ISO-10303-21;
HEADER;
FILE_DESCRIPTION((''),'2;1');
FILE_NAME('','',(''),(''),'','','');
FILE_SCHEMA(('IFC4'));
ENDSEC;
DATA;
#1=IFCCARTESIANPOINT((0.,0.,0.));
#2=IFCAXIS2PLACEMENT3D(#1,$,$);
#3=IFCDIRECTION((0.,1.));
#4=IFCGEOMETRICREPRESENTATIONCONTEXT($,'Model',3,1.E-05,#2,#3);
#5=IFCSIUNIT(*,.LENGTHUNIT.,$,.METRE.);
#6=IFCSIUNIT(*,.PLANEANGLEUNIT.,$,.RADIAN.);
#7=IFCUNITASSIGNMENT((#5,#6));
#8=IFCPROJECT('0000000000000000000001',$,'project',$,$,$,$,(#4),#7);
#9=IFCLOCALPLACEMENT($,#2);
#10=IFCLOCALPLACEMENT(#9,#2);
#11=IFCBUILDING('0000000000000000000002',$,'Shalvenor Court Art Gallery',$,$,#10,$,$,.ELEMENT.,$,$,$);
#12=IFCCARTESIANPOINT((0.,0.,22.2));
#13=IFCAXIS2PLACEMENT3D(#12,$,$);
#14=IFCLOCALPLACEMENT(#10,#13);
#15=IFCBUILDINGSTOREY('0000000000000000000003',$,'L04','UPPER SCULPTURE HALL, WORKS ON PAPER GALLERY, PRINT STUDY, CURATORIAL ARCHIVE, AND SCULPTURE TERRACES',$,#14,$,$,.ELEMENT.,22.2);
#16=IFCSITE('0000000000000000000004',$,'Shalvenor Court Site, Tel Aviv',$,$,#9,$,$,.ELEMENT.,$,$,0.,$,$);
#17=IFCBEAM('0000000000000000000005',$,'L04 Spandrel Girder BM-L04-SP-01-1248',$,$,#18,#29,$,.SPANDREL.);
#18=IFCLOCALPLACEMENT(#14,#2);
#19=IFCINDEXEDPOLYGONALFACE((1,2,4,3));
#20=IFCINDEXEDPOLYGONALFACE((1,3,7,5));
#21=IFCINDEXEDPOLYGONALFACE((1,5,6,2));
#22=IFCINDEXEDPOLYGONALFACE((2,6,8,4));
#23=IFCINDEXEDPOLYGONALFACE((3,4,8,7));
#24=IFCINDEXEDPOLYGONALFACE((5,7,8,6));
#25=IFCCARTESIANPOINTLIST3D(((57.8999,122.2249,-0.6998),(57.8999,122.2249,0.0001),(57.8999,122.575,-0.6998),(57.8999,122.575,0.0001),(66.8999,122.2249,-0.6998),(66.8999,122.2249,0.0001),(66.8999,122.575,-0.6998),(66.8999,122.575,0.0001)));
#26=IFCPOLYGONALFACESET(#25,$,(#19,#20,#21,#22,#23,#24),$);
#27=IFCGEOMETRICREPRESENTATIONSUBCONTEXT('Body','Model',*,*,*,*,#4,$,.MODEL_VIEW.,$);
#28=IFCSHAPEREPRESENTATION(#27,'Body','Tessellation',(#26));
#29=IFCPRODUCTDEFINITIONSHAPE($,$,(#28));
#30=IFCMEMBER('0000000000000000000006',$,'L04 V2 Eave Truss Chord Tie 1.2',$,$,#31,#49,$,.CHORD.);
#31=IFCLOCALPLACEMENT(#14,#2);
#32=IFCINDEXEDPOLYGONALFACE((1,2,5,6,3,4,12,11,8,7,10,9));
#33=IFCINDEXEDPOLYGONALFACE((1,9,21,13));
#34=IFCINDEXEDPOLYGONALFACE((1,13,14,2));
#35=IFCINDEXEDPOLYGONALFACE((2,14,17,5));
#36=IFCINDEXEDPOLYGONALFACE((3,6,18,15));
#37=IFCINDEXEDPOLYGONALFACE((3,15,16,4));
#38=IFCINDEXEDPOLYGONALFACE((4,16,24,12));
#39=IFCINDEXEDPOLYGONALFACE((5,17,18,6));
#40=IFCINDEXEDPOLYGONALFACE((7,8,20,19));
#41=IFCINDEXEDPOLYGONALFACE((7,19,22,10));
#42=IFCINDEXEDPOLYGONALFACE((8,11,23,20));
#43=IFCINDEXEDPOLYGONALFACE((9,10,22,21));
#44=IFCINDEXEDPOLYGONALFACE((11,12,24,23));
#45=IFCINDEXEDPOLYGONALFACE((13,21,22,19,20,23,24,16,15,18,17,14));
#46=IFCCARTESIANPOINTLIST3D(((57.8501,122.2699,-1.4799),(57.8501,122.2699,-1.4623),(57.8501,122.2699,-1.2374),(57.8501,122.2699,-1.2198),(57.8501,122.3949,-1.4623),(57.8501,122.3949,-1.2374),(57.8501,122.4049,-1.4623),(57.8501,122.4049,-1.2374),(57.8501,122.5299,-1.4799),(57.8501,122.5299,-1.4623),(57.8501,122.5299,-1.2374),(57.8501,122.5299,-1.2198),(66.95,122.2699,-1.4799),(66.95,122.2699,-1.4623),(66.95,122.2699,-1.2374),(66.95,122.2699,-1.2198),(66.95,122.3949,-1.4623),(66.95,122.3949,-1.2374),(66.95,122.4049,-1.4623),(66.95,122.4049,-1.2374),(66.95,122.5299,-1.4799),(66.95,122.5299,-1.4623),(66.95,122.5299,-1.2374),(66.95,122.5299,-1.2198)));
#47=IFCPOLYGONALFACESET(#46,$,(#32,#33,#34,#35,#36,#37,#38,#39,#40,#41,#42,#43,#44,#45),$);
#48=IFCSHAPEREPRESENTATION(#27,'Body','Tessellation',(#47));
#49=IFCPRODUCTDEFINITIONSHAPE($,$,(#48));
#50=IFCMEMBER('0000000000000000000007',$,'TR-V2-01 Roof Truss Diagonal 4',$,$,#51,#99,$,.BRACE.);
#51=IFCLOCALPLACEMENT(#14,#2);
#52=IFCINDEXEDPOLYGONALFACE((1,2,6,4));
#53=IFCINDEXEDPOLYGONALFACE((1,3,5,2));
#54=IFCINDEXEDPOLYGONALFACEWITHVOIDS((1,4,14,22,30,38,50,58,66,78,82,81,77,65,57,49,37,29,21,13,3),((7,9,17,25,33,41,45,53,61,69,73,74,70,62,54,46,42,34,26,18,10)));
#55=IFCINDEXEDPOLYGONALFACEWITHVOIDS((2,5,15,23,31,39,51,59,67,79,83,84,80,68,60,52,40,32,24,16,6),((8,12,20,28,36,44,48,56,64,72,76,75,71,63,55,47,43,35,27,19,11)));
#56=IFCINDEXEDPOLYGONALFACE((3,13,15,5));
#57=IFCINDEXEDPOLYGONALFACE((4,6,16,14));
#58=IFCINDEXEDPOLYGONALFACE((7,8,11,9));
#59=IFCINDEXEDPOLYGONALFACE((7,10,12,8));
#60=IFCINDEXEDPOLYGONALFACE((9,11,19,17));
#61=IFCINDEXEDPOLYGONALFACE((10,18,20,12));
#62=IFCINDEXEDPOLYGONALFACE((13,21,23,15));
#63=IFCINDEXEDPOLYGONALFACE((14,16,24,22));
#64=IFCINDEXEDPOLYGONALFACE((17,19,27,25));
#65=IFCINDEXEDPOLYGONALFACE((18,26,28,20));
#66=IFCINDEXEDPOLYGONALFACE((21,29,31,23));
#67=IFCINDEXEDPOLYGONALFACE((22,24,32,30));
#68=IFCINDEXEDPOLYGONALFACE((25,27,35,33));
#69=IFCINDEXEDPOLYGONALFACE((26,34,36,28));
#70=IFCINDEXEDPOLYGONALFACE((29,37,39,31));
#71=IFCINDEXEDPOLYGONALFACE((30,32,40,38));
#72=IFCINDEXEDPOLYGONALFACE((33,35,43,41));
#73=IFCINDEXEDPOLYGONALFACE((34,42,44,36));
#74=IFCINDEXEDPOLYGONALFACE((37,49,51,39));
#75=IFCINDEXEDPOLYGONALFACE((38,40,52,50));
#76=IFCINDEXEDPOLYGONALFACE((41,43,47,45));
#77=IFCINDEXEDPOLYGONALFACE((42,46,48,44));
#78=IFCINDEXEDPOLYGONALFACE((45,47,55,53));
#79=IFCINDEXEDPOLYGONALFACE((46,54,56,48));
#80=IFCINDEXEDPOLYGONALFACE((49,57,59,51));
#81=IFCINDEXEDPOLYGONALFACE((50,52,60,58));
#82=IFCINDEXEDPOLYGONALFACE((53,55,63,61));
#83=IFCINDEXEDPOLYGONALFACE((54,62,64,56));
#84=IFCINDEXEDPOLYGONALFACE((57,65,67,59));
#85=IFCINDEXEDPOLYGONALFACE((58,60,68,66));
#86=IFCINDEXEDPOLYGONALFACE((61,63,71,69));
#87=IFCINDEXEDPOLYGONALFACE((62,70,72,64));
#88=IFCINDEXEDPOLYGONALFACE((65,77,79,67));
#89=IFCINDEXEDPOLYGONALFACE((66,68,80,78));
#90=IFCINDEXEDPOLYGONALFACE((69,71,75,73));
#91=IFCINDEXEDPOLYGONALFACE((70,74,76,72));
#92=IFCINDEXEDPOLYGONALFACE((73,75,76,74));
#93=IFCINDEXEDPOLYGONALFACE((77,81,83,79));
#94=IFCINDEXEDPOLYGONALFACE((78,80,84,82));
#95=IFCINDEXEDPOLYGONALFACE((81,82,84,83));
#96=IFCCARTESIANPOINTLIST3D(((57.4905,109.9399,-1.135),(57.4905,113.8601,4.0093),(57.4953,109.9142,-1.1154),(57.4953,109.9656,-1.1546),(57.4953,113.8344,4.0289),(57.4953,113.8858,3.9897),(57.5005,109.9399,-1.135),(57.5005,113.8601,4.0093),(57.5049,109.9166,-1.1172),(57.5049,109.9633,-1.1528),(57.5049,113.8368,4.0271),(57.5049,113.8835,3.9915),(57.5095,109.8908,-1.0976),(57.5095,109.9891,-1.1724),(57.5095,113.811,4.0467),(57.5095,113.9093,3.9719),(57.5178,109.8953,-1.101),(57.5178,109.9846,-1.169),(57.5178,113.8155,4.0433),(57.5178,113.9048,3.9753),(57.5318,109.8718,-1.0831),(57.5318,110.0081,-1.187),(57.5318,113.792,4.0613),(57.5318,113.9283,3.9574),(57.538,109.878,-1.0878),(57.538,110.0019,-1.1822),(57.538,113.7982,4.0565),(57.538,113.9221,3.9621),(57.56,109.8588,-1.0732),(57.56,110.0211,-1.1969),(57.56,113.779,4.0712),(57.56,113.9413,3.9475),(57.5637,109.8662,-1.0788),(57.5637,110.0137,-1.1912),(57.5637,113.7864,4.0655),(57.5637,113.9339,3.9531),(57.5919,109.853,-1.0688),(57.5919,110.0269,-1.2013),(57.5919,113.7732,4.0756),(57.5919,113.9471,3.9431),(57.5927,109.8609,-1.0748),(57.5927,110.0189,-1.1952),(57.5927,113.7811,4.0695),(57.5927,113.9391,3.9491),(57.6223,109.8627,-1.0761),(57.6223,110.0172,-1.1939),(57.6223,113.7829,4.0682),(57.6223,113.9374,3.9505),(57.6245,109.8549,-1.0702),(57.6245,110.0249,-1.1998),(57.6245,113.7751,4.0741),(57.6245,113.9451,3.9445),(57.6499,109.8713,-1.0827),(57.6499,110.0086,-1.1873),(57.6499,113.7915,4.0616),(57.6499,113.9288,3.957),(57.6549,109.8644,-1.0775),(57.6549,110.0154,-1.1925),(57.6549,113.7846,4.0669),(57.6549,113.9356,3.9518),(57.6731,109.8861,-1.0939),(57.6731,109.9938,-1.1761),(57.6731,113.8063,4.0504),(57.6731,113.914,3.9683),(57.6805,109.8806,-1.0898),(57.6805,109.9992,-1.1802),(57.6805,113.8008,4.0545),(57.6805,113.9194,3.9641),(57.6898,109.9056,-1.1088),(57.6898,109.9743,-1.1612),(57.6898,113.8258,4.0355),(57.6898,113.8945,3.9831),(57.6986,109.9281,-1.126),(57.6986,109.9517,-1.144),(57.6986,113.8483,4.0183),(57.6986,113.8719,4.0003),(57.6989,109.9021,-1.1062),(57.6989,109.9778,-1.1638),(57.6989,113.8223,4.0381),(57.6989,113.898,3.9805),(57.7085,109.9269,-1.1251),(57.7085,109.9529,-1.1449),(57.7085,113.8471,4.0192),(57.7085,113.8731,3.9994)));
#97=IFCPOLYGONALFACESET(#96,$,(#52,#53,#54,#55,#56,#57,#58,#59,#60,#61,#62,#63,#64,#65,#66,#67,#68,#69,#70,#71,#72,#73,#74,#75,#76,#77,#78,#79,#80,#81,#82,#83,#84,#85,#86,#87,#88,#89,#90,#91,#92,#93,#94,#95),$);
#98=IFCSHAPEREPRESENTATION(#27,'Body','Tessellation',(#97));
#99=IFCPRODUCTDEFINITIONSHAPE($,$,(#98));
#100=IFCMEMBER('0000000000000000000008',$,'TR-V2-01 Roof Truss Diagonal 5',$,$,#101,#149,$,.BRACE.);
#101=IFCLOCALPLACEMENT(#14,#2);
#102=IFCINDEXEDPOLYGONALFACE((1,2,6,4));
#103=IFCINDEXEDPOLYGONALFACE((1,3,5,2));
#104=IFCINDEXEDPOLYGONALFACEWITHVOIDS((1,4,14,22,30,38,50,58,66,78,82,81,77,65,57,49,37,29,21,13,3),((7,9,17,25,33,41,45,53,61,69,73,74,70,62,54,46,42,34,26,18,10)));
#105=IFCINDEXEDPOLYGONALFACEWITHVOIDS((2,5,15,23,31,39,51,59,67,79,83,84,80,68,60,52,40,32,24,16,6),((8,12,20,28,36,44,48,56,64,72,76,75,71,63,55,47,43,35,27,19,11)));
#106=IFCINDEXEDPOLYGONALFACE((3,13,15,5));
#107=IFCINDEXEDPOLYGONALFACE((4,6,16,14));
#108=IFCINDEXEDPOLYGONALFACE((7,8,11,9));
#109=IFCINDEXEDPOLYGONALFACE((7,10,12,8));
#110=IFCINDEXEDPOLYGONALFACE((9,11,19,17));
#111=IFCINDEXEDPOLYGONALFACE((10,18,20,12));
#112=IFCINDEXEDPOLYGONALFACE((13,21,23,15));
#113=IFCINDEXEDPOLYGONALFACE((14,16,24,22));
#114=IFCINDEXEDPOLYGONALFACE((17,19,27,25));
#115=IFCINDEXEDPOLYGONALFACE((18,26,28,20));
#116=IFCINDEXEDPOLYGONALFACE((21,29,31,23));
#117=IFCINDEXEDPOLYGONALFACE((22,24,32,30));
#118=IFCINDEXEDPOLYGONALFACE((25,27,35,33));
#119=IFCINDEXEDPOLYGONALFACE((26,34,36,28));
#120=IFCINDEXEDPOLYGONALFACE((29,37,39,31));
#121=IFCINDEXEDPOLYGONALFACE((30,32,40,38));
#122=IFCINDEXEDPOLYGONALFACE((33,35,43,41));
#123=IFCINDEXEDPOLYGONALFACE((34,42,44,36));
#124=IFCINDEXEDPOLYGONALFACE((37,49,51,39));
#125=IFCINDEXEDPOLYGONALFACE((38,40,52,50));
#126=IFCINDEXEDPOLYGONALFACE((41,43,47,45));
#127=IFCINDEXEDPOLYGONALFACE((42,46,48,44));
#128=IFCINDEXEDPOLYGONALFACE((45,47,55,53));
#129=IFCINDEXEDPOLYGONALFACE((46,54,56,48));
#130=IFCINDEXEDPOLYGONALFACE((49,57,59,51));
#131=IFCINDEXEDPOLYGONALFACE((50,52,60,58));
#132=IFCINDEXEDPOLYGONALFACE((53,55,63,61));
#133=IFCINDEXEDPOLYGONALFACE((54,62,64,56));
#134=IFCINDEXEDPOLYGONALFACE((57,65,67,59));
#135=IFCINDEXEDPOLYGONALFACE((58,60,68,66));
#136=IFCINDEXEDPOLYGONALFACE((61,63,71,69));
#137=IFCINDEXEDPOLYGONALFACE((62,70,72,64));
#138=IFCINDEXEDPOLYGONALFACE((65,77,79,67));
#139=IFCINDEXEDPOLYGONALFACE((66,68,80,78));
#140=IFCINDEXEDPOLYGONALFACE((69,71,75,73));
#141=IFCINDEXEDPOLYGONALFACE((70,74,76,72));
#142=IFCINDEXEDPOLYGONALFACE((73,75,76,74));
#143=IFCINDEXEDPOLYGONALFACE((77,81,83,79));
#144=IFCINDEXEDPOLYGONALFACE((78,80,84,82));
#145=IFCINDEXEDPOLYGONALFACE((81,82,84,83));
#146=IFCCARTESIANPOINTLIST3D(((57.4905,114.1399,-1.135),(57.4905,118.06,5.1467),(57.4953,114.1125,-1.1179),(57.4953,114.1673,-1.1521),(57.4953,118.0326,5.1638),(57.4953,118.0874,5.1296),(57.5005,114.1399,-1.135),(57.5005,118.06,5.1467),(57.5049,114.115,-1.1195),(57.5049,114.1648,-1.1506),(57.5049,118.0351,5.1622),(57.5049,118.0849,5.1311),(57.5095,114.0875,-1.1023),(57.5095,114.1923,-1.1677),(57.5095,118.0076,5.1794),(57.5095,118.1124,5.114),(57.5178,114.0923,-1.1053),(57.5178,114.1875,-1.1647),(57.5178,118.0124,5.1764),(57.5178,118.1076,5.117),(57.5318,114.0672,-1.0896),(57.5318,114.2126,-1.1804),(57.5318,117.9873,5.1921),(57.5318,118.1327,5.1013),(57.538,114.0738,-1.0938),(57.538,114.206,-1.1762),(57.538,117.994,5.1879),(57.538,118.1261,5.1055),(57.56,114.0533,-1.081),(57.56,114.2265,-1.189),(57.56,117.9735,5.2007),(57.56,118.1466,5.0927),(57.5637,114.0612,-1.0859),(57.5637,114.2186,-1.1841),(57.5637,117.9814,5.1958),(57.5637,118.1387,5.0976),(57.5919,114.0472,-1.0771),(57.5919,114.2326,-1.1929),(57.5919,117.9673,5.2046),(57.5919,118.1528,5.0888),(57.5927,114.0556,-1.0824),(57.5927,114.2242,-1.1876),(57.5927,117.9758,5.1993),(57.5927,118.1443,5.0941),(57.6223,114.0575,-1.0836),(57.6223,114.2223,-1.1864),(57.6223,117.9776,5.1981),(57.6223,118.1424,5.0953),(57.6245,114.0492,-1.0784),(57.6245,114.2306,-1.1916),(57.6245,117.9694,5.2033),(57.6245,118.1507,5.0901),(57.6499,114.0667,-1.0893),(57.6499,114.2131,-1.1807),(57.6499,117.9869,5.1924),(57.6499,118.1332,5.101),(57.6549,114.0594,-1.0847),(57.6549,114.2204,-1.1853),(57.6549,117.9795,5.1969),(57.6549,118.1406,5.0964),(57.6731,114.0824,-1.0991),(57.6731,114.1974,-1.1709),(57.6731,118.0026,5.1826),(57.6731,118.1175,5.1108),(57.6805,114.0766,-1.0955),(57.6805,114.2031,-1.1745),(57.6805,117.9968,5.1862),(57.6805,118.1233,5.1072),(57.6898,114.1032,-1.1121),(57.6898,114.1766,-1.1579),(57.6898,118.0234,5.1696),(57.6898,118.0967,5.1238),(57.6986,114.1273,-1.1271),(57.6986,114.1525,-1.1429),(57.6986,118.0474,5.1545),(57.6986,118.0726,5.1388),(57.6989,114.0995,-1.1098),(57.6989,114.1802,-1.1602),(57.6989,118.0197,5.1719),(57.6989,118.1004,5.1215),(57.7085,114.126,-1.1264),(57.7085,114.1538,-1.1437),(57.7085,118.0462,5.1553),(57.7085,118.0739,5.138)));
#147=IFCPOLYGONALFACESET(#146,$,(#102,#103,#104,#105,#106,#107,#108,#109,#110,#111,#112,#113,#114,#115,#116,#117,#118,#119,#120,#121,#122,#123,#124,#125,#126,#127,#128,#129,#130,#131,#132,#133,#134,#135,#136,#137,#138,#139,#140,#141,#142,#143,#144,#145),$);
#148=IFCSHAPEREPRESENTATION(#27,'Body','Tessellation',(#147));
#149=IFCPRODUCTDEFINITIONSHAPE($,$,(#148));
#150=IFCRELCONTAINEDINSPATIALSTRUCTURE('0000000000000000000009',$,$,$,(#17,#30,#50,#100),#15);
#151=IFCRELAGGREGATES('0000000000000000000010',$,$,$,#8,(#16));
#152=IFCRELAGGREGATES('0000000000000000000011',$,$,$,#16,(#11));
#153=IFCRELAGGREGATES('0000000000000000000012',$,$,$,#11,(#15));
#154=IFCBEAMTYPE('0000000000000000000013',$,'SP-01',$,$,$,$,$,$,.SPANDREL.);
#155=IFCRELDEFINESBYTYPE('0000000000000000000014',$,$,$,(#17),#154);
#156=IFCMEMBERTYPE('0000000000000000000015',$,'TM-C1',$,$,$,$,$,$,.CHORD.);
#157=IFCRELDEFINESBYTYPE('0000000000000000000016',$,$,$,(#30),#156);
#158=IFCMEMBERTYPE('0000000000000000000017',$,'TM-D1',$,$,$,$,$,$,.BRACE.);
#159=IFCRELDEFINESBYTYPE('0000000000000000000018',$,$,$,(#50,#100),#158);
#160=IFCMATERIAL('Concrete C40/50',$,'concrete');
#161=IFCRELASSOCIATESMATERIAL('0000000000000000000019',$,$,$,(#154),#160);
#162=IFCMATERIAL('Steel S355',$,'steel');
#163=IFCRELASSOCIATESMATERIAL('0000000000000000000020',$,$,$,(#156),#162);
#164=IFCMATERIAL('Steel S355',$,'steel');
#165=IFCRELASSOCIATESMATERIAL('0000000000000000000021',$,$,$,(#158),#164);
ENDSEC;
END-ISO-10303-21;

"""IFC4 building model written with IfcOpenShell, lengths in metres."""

from ifc_helpers import new_model, si_unit, direction, frame, origin, origin_2d, place, context, subcontext, project, spatial, rectangle, hollow_circle, i_section, extrude, material, material_profile, profile_set, type_object, element, save


model = new_model("IFC4")

# Units and contexts
model_context = context("Model", 3, precision=1e-05, world=origin(), true_north=direction((0.0, 1.0)))
body_context = subcontext(model_context, "Body", "Model", "MODEL_VIEW")
ifc_project = project(units=[si_unit("LENGTHUNIT", "METRE"), si_unit("PLANEANGLEUNIT", "RADIAN")], contexts=[model_context])

# Site, building, storey
site_placement = place(None, origin())
site = spatial("IfcSite", under=ifc_project, at=site_placement, Name="Shalvenor Court Site, Tel Aviv", CompositionType="ELEMENT", RefElevation=0.0)
building_placement = place(site_placement, origin())
building = spatial("IfcBuilding", under=site, at=building_placement, Name="Shalvenor Court Art Gallery", CompositionType="ELEMENT")
storey_placement = place(building_placement, frame((0.0, 0.0, 22.2)))
storey = spatial("IfcBuildingStorey", under=building, at=storey_placement, Name="L04", Description="UPPER SCULPTURE HALL, WORKS ON PAPER GALLERY, PRINT STUDY, CURATORIAL ARCHIVE, AND SCULPTURE TERRACES", CompositionType="ELEMENT", Elevation=22.2)

# Beam
ifc_material_1 = material(Name="Concrete C40/50", Category="concrete")
ifc_material_profile_1 = material_profile(ifc_material_1, rectangle(XDim=0.3501, YDim=0.7, at=origin_2d()), Name="RC 350x700")
ifc_profile_set_1 = profile_set([ifc_material_profile_1], Name="Concrete C40/50")
beam_type = type_object("IfcBeamType", Name="SP-01", PredefinedType="SPANDREL", material=ifc_profile_set_1)
beam_placement = place(storey_placement, frame((57.8999, 122.3999, -0.3499), z_axis=(1.0, 0.0, 0.0), x_axis=(0.0, 1.0, 0.0)))
element("IfcBeam", 1, at=beam_placement, inside=storey, type_object=beam_type, Name="L04 Spandrel Girder BM-L04-SP-01-1248", PredefinedType="SPANDREL", context=body_context, shape_type="SweptSolid", body=[
    extrude(rectangle(XDim=0.3501, YDim=0.7, at=origin_2d()), origin(), (0.0, 0.0, 1.0), 9.0),
])

# Members
ifc_material_2 = material(Name="Steel S355", Category="steel")
ifc_material_profile_2 = material_profile(ifc_material_2, i_section(OverallWidth=0.26, OverallDepth=0.26, WebThickness=0.01, FlangeThickness=0.0176, at=origin_2d()), Name="HEB 260")
ifc_profile_set_2 = profile_set([ifc_material_profile_2], Name="Steel S355")
member_type_1 = type_object("IfcMemberType", Name="TM-C1", PredefinedType="CHORD", material=ifc_profile_set_2)
member_1_placement = place(storey_placement, frame((57.8501, 122.3999, -1.3499), z_axis=(1.0, 0.0, 0.0), x_axis=(0.0, 1.0, 0.0)))
element("IfcMember", 2, at=member_1_placement, inside=storey, type_object=member_type_1, Name="L04 V2 Eave Truss Chord Tie 1.2", PredefinedType="CHORD", context=body_context, shape_type="SweptSolid", body=[
    extrude(i_section(OverallWidth=0.26, OverallDepth=0.26, WebThickness=0.01, FlangeThickness=0.0176, at=origin_2d()), origin(), (0.0, 0.0, 1.0), 9.0999),
])
ifc_material_3 = material(Name="Steel S355", Category="steel")
ifc_material_profile_3 = material_profile(ifc_material_3, hollow_circle(Radius=0.1096, WallThickness=0.01, at=origin_2d()), Name="CHS 219.1x10.0")
ifc_profile_set_3 = profile_set([ifc_material_profile_3], Name="Steel S355")
member_type_2 = type_object("IfcMemberType", Name="TM-D1", PredefinedType="BRACE", material=ifc_profile_set_3)
member_2_placement = place(storey_placement, frame((57.6001, 109.9399, -1.135), z_axis=(0.0, 0.606113, 0.795379), x_axis=(-1.0, 0.0, 0.0)))
element("IfcMember", 3, at=member_2_placement, inside=storey, type_object=member_type_2, Name="TR-V2-01 Roof Truss Diagonal 4", PredefinedType="BRACE", context=body_context, shape_type="SweptSolid", body=[
    extrude(hollow_circle(Radius=0.1096, WallThickness=0.01, at=origin_2d()), origin(), (0.0, 0.0, 1.0), 6.4678),
])
member_3_placement = place(storey_placement, frame((57.6001, 114.1399, -1.135), z_axis=(0.0, 0.529424, 0.848357), x_axis=(-1.0, 0.0, 0.0)))
element("IfcMember", 4, at=member_3_placement, inside=storey, type_object=member_type_2, Name="TR-V2-01 Roof Truss Diagonal 5", PredefinedType="BRACE", context=body_context, shape_type="SweptSolid", body=[
    extrude(hollow_circle(Radius=0.1096, WallThickness=0.01, at=origin_2d()), origin(), (0.0, 0.0, 1.0), 7.4045),
])

save(model, "model.ifc")
